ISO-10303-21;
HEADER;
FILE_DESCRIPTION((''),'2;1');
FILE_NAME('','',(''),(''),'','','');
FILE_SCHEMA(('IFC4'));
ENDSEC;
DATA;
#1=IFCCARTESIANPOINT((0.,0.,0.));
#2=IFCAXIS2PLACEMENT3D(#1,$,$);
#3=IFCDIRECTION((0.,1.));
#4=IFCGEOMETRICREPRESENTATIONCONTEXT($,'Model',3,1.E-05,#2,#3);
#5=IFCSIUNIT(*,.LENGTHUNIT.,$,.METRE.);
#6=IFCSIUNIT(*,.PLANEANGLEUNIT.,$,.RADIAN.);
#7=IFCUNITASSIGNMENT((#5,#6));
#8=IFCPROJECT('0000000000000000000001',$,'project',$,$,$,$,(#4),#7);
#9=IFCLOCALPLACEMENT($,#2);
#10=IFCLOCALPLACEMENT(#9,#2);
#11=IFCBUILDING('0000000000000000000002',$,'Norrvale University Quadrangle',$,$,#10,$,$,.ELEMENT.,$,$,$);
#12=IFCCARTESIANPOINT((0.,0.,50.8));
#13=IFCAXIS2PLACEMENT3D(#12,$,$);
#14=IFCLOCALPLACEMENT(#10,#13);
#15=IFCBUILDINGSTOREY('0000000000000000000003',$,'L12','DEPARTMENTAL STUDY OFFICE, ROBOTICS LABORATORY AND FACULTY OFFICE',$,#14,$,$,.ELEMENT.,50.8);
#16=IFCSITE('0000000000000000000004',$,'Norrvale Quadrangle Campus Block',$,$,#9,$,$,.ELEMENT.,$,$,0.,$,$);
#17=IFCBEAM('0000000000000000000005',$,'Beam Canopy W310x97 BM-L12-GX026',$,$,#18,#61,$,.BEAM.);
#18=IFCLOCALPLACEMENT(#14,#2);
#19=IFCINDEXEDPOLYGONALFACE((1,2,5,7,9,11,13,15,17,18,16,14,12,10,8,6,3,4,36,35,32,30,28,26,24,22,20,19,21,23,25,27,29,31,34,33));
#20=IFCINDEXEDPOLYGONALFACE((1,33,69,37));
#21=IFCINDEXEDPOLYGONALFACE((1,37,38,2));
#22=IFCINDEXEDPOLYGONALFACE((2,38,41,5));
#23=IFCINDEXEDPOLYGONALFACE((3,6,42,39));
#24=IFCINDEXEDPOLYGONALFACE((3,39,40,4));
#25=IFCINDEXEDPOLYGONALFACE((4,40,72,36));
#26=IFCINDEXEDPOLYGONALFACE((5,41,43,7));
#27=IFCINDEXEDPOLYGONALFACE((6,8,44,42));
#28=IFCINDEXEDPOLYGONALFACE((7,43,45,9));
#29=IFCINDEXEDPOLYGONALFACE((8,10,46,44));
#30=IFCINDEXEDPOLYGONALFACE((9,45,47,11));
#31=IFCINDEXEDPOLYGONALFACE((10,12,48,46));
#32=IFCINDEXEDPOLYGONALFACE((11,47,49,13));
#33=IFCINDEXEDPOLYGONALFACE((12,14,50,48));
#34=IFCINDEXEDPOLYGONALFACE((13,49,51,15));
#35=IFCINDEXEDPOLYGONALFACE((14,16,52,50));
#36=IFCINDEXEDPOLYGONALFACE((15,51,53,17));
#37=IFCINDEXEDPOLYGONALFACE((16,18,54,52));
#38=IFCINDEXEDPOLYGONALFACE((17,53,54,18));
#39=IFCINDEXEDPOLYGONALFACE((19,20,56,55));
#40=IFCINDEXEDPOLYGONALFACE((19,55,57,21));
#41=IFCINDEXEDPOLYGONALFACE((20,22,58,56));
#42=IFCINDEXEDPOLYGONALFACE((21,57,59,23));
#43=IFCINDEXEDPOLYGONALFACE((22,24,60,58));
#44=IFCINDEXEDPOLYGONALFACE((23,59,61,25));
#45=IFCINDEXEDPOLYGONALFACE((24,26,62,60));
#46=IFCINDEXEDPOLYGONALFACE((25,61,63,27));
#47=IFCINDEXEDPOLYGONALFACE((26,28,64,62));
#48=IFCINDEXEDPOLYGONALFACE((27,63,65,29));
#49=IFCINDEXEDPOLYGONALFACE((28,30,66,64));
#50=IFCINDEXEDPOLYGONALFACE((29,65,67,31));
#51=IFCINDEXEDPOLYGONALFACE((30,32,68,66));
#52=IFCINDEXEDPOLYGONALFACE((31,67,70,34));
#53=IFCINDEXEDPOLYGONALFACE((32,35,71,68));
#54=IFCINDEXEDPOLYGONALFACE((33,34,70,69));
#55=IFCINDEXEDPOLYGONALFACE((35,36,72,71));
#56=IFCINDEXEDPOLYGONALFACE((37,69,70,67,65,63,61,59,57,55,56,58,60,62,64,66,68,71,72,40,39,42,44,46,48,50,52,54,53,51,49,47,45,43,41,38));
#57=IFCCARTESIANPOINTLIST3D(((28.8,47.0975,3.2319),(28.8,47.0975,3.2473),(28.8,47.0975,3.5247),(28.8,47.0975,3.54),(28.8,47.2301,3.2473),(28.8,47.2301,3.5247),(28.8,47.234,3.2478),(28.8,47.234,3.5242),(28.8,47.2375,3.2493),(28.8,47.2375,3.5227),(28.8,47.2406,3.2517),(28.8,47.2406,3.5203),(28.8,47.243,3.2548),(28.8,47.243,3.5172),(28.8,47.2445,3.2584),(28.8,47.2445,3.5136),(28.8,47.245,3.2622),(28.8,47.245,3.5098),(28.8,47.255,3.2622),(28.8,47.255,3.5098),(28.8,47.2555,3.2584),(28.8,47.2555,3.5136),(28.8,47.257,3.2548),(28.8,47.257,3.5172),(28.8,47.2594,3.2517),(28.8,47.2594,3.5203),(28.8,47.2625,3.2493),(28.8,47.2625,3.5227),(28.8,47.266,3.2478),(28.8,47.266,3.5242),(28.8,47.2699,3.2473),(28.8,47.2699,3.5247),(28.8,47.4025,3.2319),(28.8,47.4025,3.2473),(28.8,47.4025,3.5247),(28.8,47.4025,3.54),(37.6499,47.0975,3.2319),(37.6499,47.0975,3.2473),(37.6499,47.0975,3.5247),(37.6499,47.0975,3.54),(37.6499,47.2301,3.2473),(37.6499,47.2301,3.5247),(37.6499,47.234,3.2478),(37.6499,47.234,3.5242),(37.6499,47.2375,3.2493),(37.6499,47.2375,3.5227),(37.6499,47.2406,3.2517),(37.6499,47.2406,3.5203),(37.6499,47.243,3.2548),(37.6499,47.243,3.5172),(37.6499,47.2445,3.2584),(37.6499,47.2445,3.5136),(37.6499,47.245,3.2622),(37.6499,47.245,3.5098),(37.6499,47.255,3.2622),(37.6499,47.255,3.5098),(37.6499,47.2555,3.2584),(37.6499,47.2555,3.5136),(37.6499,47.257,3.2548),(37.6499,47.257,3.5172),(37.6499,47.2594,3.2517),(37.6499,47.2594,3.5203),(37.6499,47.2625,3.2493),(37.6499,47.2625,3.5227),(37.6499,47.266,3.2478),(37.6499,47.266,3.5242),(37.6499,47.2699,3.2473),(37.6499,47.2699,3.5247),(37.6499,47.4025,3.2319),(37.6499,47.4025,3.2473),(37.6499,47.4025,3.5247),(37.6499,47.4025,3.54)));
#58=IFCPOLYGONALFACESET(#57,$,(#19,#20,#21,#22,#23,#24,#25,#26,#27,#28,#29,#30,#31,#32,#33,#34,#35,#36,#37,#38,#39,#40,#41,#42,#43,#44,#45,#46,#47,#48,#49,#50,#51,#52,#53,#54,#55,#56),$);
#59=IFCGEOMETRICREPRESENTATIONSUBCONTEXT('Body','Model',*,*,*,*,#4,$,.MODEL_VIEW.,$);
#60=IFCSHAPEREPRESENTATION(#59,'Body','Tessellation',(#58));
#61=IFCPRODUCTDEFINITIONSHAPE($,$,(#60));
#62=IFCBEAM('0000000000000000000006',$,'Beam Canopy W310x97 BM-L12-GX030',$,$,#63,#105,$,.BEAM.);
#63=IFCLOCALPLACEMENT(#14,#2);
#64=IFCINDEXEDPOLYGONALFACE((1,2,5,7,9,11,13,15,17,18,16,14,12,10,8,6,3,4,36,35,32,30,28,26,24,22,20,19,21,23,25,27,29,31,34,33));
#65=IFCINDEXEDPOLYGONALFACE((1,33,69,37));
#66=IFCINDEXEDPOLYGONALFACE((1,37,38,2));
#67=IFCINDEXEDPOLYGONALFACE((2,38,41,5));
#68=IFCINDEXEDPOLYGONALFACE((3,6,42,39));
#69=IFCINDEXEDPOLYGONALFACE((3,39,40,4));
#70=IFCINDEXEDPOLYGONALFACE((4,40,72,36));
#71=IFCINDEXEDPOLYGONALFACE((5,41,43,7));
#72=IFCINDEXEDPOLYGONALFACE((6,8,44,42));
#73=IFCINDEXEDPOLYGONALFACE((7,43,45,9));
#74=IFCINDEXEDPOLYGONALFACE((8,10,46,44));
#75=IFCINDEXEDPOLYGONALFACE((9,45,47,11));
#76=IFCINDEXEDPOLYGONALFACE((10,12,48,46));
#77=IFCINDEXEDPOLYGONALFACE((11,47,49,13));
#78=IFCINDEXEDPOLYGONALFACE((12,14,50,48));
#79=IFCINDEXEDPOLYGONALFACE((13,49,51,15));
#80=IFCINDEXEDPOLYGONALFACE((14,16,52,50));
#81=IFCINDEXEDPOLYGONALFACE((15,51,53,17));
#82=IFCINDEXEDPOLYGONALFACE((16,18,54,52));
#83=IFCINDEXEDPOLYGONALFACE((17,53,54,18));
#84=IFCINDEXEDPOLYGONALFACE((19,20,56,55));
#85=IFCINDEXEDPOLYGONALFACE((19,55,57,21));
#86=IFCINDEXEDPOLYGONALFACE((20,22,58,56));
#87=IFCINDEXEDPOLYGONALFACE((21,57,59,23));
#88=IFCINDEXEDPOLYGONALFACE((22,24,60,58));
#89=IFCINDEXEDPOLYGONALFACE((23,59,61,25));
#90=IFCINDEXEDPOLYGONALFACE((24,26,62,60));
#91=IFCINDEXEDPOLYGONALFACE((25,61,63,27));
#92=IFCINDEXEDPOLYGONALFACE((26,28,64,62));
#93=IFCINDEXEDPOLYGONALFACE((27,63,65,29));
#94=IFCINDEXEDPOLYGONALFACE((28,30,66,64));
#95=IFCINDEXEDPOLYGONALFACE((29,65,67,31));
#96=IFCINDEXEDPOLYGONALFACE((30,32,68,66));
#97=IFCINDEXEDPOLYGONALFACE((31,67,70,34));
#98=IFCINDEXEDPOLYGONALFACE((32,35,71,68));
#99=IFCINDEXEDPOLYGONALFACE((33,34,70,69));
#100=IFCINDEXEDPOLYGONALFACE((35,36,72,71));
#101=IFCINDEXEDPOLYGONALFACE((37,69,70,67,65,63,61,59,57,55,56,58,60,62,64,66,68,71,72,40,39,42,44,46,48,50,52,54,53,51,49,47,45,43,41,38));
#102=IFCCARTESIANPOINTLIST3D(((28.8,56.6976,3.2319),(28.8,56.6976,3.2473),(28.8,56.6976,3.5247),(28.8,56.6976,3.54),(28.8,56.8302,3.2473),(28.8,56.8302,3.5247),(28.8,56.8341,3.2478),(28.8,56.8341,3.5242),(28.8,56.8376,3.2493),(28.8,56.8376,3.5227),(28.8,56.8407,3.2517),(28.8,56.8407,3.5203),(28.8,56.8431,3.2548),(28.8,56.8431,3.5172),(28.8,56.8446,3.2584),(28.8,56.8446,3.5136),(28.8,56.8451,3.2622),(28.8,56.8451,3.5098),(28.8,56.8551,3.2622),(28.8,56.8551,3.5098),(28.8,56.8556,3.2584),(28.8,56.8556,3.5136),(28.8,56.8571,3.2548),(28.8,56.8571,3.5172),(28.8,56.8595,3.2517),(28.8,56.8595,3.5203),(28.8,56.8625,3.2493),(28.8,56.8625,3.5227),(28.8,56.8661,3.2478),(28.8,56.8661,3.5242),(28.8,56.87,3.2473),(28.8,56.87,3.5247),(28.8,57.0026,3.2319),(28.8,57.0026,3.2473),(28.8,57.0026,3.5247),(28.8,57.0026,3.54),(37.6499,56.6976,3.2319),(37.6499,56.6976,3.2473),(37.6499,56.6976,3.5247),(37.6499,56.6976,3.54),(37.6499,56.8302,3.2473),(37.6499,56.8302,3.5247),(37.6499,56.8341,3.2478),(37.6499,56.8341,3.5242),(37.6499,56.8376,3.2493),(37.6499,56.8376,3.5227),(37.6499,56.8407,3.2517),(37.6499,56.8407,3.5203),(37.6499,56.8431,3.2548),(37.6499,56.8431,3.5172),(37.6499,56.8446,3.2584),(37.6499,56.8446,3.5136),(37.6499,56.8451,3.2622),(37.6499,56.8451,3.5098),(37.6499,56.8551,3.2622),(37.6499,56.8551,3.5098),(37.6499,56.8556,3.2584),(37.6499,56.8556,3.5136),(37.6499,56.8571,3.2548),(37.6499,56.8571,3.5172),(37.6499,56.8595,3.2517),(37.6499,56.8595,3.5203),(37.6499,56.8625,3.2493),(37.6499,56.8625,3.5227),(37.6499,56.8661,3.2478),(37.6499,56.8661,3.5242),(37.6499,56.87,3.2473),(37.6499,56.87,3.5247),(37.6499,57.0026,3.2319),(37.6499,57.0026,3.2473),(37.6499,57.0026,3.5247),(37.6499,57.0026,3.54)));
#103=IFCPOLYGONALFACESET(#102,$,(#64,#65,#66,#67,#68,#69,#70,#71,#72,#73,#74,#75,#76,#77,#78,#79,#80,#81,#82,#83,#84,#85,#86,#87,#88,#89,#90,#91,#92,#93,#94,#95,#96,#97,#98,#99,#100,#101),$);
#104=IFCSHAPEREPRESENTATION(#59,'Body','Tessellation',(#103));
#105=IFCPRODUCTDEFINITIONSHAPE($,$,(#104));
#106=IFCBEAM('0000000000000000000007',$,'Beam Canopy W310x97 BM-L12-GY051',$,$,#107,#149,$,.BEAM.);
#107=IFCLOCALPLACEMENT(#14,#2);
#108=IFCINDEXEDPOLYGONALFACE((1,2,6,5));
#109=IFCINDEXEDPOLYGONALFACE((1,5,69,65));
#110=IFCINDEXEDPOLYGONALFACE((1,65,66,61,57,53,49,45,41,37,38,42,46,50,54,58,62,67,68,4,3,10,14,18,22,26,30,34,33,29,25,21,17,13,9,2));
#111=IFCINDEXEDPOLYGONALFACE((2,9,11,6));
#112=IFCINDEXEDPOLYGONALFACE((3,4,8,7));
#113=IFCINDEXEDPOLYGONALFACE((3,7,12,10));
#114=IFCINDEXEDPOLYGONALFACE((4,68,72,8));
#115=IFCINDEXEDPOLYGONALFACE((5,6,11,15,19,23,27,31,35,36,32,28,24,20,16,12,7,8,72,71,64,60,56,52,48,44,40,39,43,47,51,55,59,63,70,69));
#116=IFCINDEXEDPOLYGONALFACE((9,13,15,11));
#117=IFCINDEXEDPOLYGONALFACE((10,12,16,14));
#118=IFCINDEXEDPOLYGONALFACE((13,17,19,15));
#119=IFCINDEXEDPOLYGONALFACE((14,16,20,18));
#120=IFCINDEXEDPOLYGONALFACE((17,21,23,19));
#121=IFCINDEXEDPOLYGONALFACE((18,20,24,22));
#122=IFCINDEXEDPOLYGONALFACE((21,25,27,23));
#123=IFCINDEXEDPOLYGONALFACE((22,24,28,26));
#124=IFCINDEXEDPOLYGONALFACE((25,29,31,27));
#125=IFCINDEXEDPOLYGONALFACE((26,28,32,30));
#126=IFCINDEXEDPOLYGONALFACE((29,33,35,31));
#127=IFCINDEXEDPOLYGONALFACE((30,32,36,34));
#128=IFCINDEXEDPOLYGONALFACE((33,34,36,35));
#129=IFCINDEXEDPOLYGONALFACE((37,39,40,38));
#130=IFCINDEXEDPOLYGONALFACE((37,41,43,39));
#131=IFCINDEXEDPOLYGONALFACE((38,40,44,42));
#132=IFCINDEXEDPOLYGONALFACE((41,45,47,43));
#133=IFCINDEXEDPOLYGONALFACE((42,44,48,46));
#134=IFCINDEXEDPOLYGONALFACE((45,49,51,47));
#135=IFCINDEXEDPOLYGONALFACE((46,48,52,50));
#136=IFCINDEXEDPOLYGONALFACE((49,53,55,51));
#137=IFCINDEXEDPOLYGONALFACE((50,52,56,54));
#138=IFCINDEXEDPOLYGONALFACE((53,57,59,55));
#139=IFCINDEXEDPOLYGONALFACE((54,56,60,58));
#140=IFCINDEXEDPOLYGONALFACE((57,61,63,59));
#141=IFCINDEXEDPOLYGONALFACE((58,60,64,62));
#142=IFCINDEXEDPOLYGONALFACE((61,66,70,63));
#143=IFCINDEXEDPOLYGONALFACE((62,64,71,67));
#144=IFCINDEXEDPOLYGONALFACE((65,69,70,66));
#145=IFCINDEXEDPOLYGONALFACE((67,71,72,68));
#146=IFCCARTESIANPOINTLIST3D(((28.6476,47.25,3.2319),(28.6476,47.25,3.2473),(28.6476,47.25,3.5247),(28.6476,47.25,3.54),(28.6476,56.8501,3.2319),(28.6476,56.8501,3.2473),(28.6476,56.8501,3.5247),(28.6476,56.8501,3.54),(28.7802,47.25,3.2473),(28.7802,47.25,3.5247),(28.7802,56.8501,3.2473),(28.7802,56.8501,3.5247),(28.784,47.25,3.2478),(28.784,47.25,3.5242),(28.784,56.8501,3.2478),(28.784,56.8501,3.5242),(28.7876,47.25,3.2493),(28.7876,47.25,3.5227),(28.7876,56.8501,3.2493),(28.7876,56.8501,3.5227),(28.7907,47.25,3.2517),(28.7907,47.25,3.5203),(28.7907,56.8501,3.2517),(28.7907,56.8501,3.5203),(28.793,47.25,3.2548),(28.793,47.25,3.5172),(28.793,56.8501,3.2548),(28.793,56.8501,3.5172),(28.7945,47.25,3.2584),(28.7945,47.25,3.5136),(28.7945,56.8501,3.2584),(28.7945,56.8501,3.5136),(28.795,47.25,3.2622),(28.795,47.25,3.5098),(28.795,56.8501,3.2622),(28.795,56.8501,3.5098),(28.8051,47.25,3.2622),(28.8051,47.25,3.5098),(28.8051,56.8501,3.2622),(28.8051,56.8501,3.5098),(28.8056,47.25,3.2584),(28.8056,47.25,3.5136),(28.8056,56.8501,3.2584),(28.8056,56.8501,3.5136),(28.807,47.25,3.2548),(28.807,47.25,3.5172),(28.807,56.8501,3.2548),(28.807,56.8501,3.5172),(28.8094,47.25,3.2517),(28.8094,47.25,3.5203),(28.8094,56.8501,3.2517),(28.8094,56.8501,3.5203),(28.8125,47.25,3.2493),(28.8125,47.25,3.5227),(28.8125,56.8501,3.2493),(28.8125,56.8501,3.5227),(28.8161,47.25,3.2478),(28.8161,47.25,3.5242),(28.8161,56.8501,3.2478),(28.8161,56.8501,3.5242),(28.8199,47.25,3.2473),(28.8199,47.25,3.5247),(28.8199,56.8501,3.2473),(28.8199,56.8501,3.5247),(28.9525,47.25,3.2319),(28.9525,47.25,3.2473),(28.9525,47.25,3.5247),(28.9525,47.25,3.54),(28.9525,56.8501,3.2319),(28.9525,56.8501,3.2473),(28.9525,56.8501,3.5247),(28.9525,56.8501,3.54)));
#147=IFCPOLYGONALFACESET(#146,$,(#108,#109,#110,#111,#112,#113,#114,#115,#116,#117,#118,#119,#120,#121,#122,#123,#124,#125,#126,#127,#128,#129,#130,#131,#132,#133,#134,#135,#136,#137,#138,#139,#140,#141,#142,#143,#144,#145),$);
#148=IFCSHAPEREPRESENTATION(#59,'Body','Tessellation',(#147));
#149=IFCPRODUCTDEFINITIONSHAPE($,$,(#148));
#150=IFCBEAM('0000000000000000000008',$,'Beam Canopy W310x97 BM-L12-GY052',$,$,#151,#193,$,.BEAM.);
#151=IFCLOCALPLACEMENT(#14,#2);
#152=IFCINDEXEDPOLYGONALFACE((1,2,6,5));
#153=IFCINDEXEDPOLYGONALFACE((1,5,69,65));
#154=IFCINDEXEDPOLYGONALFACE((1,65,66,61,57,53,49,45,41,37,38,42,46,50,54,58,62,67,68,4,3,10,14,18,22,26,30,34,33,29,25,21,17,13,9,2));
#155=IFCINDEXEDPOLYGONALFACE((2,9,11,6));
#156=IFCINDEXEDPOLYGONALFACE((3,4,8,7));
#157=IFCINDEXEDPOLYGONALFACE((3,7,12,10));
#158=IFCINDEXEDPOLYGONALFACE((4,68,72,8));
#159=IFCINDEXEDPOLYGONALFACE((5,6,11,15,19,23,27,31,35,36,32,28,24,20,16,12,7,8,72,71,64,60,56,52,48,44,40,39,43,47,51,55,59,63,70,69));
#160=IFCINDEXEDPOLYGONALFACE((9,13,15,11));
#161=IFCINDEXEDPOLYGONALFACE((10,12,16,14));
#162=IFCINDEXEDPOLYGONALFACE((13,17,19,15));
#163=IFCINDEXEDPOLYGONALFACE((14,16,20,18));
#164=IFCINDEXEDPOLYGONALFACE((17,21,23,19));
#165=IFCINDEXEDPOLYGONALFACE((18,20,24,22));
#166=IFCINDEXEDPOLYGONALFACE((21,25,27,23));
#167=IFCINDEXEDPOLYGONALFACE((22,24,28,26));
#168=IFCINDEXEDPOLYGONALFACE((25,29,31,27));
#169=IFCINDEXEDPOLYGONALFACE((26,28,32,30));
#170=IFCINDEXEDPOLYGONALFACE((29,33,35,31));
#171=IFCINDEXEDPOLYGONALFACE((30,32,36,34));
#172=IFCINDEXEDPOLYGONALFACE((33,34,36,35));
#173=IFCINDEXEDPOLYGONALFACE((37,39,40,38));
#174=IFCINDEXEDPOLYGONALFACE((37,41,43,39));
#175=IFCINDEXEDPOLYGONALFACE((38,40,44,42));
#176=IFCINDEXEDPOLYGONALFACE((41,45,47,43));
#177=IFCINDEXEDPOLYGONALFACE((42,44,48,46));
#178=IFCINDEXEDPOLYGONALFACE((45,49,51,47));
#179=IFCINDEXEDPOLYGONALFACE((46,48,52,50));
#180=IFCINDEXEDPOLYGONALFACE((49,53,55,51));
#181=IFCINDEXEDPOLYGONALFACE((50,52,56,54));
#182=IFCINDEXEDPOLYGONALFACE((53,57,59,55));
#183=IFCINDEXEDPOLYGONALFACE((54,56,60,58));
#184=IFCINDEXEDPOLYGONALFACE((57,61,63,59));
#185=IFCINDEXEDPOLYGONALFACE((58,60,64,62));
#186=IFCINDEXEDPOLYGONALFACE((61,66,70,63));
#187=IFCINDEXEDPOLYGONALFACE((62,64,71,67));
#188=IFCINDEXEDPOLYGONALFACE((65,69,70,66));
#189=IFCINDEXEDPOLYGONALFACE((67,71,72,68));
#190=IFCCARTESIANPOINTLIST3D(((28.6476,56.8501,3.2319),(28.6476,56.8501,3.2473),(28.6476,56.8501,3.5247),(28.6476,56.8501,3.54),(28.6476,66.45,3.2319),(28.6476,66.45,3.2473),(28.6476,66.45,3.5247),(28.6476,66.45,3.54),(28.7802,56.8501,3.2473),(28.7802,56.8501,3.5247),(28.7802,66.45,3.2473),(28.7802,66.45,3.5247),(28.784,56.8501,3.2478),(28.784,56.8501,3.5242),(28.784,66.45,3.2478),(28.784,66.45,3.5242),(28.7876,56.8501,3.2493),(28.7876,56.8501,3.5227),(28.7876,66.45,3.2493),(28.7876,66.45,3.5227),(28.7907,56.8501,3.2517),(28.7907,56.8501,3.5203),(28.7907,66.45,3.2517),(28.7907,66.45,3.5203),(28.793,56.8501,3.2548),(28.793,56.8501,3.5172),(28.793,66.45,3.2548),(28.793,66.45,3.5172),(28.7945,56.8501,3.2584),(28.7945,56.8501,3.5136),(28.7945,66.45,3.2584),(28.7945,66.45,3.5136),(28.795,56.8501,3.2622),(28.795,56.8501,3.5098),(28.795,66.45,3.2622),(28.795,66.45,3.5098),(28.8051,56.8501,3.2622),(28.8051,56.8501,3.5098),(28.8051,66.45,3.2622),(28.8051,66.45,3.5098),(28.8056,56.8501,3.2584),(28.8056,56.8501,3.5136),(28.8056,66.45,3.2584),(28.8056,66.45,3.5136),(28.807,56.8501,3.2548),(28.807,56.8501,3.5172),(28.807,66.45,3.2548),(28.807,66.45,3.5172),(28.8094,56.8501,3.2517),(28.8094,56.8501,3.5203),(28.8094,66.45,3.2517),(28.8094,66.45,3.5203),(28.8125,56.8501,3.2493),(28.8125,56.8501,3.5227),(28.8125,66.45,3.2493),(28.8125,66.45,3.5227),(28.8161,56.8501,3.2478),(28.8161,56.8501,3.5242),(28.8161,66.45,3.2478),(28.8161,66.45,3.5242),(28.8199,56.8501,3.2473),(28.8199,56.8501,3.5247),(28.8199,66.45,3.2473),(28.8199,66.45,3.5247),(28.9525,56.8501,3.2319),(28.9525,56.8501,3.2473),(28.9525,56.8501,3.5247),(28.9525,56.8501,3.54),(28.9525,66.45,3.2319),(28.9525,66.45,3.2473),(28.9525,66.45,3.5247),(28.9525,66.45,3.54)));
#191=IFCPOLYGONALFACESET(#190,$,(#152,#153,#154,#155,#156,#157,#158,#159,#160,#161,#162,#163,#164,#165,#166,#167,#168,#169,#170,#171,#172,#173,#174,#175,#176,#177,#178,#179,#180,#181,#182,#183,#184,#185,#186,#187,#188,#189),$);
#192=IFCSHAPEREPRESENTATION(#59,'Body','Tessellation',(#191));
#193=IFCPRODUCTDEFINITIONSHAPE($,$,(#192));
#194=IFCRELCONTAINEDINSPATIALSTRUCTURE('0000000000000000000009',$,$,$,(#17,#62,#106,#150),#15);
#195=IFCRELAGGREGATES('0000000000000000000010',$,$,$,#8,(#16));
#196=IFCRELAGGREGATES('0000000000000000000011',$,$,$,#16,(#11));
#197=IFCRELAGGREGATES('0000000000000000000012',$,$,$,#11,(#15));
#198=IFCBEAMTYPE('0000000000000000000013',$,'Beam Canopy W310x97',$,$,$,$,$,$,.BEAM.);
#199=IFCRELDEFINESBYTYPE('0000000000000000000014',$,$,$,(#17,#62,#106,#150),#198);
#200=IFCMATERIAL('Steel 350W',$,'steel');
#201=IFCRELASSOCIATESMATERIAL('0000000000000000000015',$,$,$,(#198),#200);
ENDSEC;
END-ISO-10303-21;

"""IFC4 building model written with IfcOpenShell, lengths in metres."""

from ifc_helpers import new_model, si_unit, direction, frame, origin, origin_2d, place, context, subcontext, project, spatial, i_section, extrude, material, material_profile, profile_set, type_object, element, save


model = new_model("IFC4")

# Units and contexts
model_context = context("Model", 3, precision=1e-05, world=origin(), true_north=direction((0.0, 1.0)))
body_context = subcontext(model_context, "Body", "Model", "MODEL_VIEW")
ifc_project = project(units=[si_unit("LENGTHUNIT", "METRE"), si_unit("PLANEANGLEUNIT", "RADIAN")], contexts=[model_context])

# Site, building, storey
site_placement = place(None, origin())
site = spatial("IfcSite", under=ifc_project, at=site_placement, Name="Norrvale Quadrangle Campus Block", CompositionType="ELEMENT", RefElevation=0.0)
building_placement = place(site_placement, origin())
building = spatial("IfcBuilding", under=site, at=building_placement, Name="Norrvale University Quadrangle", CompositionType="ELEMENT")
storey_placement = place(building_placement, frame((0.0, 0.0, 50.8)))
storey = spatial("IfcBuildingStorey", under=building, at=storey_placement, Name="L12", Description="DEPARTMENTAL STUDY OFFICE, ROBOTICS LABORATORY AND FACULTY OFFICE", CompositionType="ELEMENT", Elevation=50.8)

# Beams
ifc_material_1 = material(Name="Steel 350W", Category="steel")
ifc_material_profile_1 = material_profile(ifc_material_1, i_section(OverallWidth=0.3049, OverallDepth=0.3081, WebThickness=0.01, FlangeThickness=0.0154, FilletRadius=0.0149, at=origin_2d()), Name="Steel 350W")
ifc_profile_set_1 = profile_set([ifc_material_profile_1], Name="Steel 350W")
beam_type_1 = type_object("IfcBeamType", Name="Beam Canopy W310x97", PredefinedType="BEAM", material=ifc_profile_set_1)
for number, where, z_axis, x_axis, name in (
    (1, (28.8, 47.25, 3.386), (1.0, 0.0, 0.0), (0.0, 1.0, 0.0), "Beam Canopy W310x97 BM-L12-GX026"),
    (2, (28.8, 56.8501, 3.386), (1.0, 0.0, 0.0), (0.0, 1.0, 0.0), "Beam Canopy W310x97 BM-L12-GX030"),
):
    element("IfcBeam", number, at=place(storey_placement, frame(where, z_axis=z_axis, x_axis=x_axis)), inside=storey, type_object=beam_type_1, Name=name, PredefinedType="BEAM", context=body_context, shape_type="SweptSolid", body=[
        extrude(i_section(OverallWidth=0.3049, OverallDepth=0.3081, WebThickness=0.01, FlangeThickness=0.0154, FilletRadius=0.0149, at=origin_2d()), origin(), (0.0, 0.0, 1.0), 8.8499),
    ])
beam_1_placement = place(storey_placement, frame((28.8, 47.25, 3.386), z_axis=(0.0, 1.0, 0.0), x_axis=(-1.0, 0.0, 0.0)))
element("IfcBeam", 3, at=beam_1_placement, inside=storey, type_object=beam_type_1, Name="Beam Canopy W310x97 BM-L12-GY051", PredefinedType="BEAM", context=body_context, shape_type="SweptSolid", body=[
    extrude(i_section(OverallWidth=0.3049, OverallDepth=0.3081, WebThickness=0.01, FlangeThickness=0.0154, FilletRadius=0.0149, at=origin_2d()), origin(), (0.0, 0.0, 1.0), 9.6001),
])
beam_2_placement = place(storey_placement, frame((28.8, 56.8501, 3.386), z_axis=(0.0, 1.0, 0.0), x_axis=(-1.0, 0.0, 0.0)))
element("IfcBeam", 4, at=beam_2_placement, inside=storey, type_object=beam_type_1, Name="Beam Canopy W310x97 BM-L12-GY052", PredefinedType="BEAM", context=body_context, shape_type="SweptSolid", body=[
    extrude(i_section(OverallWidth=0.3049, OverallDepth=0.3081, WebThickness=0.01, FlangeThickness=0.0154, FilletRadius=0.0149, at=origin_2d()), origin(), (0.0, 0.0, 1.0), 9.5999),
])

save(model, "model.ifc")
